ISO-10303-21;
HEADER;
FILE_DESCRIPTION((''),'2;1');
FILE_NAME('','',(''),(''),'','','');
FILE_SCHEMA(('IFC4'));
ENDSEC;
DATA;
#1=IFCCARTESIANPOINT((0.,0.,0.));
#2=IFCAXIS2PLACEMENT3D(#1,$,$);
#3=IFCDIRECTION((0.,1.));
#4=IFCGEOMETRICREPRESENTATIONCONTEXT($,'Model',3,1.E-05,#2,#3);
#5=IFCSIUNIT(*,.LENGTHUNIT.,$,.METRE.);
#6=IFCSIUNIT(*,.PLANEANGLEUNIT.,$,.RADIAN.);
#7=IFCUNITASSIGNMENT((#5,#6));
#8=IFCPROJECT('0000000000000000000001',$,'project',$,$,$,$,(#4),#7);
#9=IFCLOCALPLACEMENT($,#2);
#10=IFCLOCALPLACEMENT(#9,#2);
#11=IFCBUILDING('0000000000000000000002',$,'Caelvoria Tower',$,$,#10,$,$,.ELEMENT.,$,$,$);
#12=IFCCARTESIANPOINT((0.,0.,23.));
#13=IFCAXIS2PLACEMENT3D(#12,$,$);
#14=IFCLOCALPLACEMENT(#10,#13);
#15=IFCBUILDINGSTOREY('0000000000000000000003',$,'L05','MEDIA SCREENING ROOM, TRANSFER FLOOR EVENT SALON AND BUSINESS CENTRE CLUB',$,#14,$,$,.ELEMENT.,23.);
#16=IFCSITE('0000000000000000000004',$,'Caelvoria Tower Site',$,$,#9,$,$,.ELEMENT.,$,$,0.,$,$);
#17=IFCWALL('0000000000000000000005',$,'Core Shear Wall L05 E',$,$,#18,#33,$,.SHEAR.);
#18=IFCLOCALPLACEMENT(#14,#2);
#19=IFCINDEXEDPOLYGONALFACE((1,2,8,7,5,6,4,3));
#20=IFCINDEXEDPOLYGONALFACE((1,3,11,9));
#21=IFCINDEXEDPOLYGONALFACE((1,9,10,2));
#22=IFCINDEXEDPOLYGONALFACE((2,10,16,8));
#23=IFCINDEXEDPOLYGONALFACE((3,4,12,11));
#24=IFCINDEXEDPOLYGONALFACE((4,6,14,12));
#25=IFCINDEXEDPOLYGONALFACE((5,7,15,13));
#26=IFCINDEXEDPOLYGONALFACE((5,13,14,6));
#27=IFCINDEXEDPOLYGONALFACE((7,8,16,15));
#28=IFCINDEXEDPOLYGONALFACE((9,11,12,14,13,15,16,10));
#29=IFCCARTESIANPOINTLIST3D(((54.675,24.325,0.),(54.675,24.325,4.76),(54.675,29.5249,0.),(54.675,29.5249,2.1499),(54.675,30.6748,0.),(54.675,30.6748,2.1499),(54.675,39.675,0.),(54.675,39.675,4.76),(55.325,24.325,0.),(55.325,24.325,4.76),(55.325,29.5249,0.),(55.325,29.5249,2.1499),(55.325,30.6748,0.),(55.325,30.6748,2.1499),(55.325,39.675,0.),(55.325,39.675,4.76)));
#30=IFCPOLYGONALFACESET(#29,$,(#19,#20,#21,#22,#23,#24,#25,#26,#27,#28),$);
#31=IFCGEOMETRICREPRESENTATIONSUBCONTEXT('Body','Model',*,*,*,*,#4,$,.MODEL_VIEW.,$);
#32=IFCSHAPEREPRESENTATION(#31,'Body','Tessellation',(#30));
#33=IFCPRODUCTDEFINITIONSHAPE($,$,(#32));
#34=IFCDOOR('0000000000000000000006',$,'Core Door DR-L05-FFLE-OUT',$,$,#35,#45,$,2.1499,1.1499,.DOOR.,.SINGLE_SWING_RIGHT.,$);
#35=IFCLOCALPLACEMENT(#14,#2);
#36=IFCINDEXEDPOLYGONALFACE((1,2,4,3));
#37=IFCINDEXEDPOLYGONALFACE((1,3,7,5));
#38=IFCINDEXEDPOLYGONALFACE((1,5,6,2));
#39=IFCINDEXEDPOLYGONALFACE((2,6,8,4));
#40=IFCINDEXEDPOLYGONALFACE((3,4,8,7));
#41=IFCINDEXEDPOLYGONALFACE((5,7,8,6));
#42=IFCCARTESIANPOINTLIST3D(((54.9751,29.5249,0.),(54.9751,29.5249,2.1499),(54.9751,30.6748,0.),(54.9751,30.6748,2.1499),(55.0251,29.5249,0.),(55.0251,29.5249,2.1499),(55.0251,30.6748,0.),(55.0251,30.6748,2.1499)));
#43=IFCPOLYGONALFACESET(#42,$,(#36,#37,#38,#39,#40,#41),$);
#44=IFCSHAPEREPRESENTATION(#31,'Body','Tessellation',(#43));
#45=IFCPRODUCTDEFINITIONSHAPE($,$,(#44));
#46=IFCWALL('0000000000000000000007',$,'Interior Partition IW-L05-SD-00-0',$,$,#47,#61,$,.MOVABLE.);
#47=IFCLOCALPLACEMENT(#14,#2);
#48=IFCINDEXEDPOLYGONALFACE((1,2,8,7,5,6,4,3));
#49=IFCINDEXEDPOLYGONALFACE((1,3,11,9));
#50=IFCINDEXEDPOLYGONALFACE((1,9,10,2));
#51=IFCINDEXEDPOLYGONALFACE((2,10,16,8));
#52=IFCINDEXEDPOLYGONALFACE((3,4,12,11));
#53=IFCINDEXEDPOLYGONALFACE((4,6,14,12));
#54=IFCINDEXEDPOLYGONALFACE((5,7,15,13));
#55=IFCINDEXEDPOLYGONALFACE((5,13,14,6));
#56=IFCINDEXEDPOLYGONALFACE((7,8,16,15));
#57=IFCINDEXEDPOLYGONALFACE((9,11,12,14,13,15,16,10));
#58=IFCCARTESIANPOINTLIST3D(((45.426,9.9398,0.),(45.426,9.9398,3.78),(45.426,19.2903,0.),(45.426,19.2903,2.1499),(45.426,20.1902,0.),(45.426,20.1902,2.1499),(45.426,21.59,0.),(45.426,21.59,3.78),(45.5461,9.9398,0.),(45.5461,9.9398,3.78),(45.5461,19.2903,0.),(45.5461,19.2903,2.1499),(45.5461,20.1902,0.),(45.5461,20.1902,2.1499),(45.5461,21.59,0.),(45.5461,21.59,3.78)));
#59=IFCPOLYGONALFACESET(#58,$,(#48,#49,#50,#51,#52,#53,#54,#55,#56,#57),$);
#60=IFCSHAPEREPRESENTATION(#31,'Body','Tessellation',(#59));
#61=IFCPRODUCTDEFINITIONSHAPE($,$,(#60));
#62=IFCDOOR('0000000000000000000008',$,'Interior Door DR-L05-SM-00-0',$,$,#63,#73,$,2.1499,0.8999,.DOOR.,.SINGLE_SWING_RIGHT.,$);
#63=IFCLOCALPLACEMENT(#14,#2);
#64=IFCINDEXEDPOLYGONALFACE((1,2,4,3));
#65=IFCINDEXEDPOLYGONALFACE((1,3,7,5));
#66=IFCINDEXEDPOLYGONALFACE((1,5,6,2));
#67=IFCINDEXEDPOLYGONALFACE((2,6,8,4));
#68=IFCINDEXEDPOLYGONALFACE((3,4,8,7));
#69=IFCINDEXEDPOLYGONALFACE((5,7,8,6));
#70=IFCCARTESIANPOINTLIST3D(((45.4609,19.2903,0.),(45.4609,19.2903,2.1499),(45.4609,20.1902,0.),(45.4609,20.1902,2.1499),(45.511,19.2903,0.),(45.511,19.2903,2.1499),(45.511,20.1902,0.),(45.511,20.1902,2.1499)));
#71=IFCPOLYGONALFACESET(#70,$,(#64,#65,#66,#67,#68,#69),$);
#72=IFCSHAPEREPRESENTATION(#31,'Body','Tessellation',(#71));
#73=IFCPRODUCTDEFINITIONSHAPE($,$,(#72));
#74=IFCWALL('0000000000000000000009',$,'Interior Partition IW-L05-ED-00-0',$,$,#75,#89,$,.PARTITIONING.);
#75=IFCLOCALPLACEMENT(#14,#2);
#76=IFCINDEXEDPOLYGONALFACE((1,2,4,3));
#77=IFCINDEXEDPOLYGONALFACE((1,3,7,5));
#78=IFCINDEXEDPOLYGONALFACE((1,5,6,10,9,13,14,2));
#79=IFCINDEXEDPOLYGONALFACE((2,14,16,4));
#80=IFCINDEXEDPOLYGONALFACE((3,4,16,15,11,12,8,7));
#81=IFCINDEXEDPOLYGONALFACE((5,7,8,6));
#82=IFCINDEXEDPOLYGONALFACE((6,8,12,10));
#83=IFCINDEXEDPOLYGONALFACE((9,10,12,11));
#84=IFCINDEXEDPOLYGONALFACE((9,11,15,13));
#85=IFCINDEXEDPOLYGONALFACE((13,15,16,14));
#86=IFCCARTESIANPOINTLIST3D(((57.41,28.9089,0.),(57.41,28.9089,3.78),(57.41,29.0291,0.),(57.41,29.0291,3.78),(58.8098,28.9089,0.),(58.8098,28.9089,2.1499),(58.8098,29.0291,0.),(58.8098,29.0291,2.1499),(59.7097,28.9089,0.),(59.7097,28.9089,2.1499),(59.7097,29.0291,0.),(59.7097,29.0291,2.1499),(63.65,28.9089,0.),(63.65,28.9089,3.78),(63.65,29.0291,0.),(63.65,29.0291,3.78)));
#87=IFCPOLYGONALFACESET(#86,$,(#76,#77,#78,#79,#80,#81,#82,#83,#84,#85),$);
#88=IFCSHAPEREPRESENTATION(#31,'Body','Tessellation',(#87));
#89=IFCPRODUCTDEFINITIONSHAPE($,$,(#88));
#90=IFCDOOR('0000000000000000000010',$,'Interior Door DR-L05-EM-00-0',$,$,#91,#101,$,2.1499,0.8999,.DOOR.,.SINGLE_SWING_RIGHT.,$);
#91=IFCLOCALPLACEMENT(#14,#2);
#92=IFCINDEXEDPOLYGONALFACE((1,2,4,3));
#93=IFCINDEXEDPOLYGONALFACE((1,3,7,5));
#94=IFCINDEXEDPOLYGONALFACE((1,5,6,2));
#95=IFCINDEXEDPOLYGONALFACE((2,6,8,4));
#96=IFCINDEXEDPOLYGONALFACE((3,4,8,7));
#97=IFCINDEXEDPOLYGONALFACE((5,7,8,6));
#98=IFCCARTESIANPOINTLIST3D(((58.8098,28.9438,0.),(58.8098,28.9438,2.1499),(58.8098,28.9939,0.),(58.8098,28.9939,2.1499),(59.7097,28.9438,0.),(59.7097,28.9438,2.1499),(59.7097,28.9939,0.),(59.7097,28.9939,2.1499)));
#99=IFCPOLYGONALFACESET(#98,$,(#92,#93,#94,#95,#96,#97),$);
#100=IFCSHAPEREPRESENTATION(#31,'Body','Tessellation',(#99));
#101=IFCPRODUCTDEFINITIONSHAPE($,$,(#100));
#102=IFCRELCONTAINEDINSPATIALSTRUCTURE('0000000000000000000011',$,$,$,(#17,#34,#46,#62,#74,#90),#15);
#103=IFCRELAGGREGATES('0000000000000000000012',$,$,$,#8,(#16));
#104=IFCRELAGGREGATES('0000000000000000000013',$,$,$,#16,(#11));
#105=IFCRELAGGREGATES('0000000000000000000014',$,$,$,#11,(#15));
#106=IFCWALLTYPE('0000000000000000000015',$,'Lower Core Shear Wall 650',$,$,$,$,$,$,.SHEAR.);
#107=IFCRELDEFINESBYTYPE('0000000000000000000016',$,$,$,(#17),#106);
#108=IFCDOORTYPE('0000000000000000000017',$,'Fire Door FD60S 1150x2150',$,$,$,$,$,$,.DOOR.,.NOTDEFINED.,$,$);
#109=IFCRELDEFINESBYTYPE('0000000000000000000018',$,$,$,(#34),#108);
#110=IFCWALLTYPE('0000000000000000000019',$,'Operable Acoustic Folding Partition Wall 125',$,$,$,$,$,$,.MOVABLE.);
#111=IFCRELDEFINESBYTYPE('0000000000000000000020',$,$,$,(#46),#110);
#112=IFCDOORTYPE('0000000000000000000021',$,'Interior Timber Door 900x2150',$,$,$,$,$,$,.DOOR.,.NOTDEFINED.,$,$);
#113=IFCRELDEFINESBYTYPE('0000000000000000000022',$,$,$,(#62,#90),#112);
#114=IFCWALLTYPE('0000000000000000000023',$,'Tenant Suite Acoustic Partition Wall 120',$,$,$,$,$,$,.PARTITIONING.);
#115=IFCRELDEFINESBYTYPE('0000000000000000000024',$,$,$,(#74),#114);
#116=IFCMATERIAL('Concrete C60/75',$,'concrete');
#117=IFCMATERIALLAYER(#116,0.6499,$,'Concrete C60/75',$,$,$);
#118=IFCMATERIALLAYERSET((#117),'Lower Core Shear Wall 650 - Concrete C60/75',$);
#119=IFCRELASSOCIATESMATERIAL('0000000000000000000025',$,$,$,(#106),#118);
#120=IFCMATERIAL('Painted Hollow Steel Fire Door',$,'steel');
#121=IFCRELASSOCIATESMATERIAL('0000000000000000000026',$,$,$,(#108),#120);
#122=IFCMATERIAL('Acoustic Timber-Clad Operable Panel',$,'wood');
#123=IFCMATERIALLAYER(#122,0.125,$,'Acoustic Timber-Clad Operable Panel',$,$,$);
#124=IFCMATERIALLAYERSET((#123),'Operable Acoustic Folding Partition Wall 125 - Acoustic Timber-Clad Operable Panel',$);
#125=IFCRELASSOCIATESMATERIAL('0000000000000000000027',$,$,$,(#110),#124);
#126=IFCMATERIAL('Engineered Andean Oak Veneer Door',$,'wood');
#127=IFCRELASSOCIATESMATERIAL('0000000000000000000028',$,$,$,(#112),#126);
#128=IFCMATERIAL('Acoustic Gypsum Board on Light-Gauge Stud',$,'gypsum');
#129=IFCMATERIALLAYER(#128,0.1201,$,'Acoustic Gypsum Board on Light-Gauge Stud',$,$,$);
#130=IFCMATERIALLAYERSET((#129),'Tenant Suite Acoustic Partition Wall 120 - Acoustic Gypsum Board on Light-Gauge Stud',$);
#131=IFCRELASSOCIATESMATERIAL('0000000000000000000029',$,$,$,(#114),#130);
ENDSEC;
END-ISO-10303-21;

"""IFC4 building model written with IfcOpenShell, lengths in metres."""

from ifc_helpers import new_model, si_unit, direction, frame, frame_2d, origin, place, context, subcontext, project, spatial, rectangle, extrude, material, layer, layer_set, type_object, element, fill, save


model = new_model("IFC4")

# Units and contexts
model_context = context("Model", 3, precision=1e-05, world=origin(), true_north=direction((0.0, 1.0)))
body_context = subcontext(model_context, "Body", "Model", "MODEL_VIEW")
ifc_project = project(units=[si_unit("LENGTHUNIT", "METRE"), si_unit("PLANEANGLEUNIT", "RADIAN")], contexts=[model_context])

# Site, building, storey
site_placement = place(None, origin())
site = spatial("IfcSite", under=ifc_project, at=site_placement, Name="Caelvoria Tower Site", CompositionType="ELEMENT", RefElevation=0.0)
building_placement = place(site_placement, origin())
building = spatial("IfcBuilding", under=site, at=building_placement, Name="Caelvoria Tower", CompositionType="ELEMENT")
storey_placement = place(building_placement, frame((0.0, 0.0, 23.0)))
storey = spatial("IfcBuildingStorey", under=building, at=storey_placement, Name="L05", Description="MEDIA SCREENING ROOM, TRANSFER FLOOR EVENT SALON AND BUSINESS CENTRE CLUB", CompositionType="ELEMENT", Elevation=23.0)

# Shared definitions
ifc_material_1 = material(Name="Engineered Andean Oak Veneer Door", Category="wood")

# Walls, openings, doors
ifc_material_2 = material(Name="Concrete C60/75", Category="concrete")
ifc_layer_1 = layer(ifc_material_2, 0.6499, Name="Concrete C60/75")
ifc_layer_set_1 = layer_set([ifc_layer_1], Name="Lower Core Shear Wall 650 - Concrete C60/75")
wall_type_1 = type_object("IfcWallType", Name="Lower Core Shear Wall 650", PredefinedType="SHEAR", material=ifc_layer_set_1)
wall_1_placement = place(storey_placement, frame((55.0, 24.325, 0.0), z_axis=(0.0, 0.0, 1.0), x_axis=(0.0, 1.0, 0.0)))
wall_1 = element("IfcWall", 1, at=wall_1_placement, inside=storey, type_object=wall_type_1, Name="Core Shear Wall L05 E", PredefinedType="SHEAR", context=body_context, shape_type="SweptSolid", body=[
    extrude(rectangle(XDim=15.3501, YDim=0.6499, at=frame_2d((7.675, 0.0))), origin(), (0.0, 0.0, 1.0), 4.76),
])
opening_1_placement = place(wall_1_placement, frame((5.2, 0.0, 0.0)))
opening_1 = element("IfcOpeningElement", 2, at=opening_1_placement, cuts=wall_1, PredefinedType="OPENING", context=body_context, shape_type="SweptSolid", body=[
    extrude(rectangle(XDim=1.1499, YDim=2.1499, at=frame_2d((0.575, 1.075))), frame((0.0, 0.335, 0.0), z_axis=(0.0, -1.0, 0.0), x_axis=(1.0, 0.0, 0.0)), (0.0, 0.0, 1.0), 0.6699),
])
ifc_material_3 = material(Name="Painted Hollow Steel Fire Door", Category="steel")
door_type_1 = type_object("IfcDoorType", Name="Fire Door FD60S 1150x2150", OperationType="NOTDEFINED", PredefinedType="DOOR", material=ifc_material_3)
door_1_placement = place(opening_1_placement, origin())
door_1 = element("IfcDoor", 3, at=door_1_placement, inside=storey, type_object=door_type_1, Name="Core Door DR-L05-FFLE-OUT", OperationType="SINGLE_SWING_RIGHT", OverallHeight=2.1499, OverallWidth=1.1499, PredefinedType="DOOR", context=body_context, shape_type="SweptSolid", body=[
    extrude(rectangle(XDim=1.1499, YDim=2.1499, at=frame_2d((0.575, 1.075))), frame((0.0, 0.0249, 0.0), z_axis=(0.0, -1.0, 0.0), x_axis=(1.0, 0.0, 0.0)), (0.0, 0.0, 1.0), 0.05),
])
fill(opening_1, door_1)
ifc_material_4 = material(Name="Acoustic Timber-Clad Operable Panel", Category="wood")
ifc_layer_2 = layer(ifc_material_4, 0.125, Name="Acoustic Timber-Clad Operable Panel")
ifc_layer_set_2 = layer_set([ifc_layer_2], Name="Operable Acoustic Folding Partition Wall 125 - Acoustic Timber-Clad Operable Panel")
wall_type_2 = type_object("IfcWallType", Name="Operable Acoustic Folding Partition Wall 125", PredefinedType="MOVABLE", material=ifc_layer_set_2)
wall_2_placement = place(storey_placement, frame((45.4861, 21.5901, 0.0), z_axis=(0.0, 0.0, 1.0), x_axis=(0.0, -1.0, 0.0)))
wall_2 = element("IfcWall", 4, at=wall_2_placement, inside=storey, type_object=wall_type_2, Name="Interior Partition IW-L05-SD-00-0", PredefinedType="MOVABLE", context=body_context, shape_type="SweptSolid", body=[
    extrude(rectangle(XDim=11.6501, YDim=0.1201, at=frame_2d((5.8252, 0.0))), origin(), (0.0, 0.0, 1.0), 3.78),
])
opening_2_placement = place(wall_2_placement, frame((1.3999, 0.0, 0.0)))
opening_2 = element("IfcOpeningElement", 5, at=opening_2_placement, cuts=wall_2, PredefinedType="OPENING", context=body_context, shape_type="SweptSolid", body=[
    extrude(rectangle(XDim=0.8999, YDim=2.1499, at=frame_2d((0.45, 1.075))), frame((0.0, 0.0701, 0.0), z_axis=(0.0, -1.0, 0.0), x_axis=(1.0, 0.0, 0.0)), (0.0, 0.0, 1.0), 0.1401),
])
door_type_2 = type_object("IfcDoorType", Name="Interior Timber Door 900x2150", OperationType="NOTDEFINED", PredefinedType="DOOR", material=ifc_material_1)
door_2_placement = place(opening_2_placement, origin())
door_2 = element("IfcDoor", 6, at=door_2_placement, inside=storey, type_object=door_type_2, Name="Interior Door DR-L05-SM-00-0", OperationType="SINGLE_SWING_RIGHT", OverallHeight=2.1499, OverallWidth=0.8999, PredefinedType="DOOR", context=body_context, shape_type="SweptSolid", body=[
    extrude(rectangle(XDim=0.8999, YDim=2.1499, at=frame_2d((0.45, 1.075))), frame((0.0, 0.0249, 0.0), z_axis=(0.0, -1.0, 0.0), x_axis=(1.0, 0.0, 0.0)), (0.0, 0.0, 1.0), 0.05),
])
fill(opening_2, door_2)
ifc_material_5 = material(Name="Acoustic Gypsum Board on Light-Gauge Stud", Category="gypsum")
ifc_layer_3 = layer(ifc_material_5, 0.1201, Name="Acoustic Gypsum Board on Light-Gauge Stud")
ifc_layer_set_3 = layer_set([ifc_layer_3], Name="Tenant Suite Acoustic Partition Wall 120 - Acoustic Gypsum Board on Light-Gauge Stud")
wall_type_3 = type_object("IfcWallType", Name="Tenant Suite Acoustic Partition Wall 120", PredefinedType="PARTITIONING", material=ifc_layer_set_3)
wall_3_placement = place(storey_placement, frame((57.4099, 28.969, 0.0), z_axis=(0.0, 0.0, 1.0), x_axis=(1.0, 0.0, 0.0)))
wall_3 = element("IfcWall", 7, at=wall_3_placement, inside=storey, type_object=wall_type_3, Name="Interior Partition IW-L05-ED-00-0", PredefinedType="PARTITIONING", context=body_context, shape_type="SweptSolid", body=[
    extrude(rectangle(XDim=6.24, YDim=0.1201, at=frame_2d((3.1201, 0.0))), origin(), (0.0, 0.0, 1.0), 3.78),
])
opening_3_placement = place(wall_3_placement, frame((1.3999, 0.0, 0.0)))
opening_3 = element("IfcOpeningElement", 8, at=opening_3_placement, cuts=wall_3, PredefinedType="OPENING", context=body_context, shape_type="SweptSolid", body=[
    extrude(rectangle(XDim=0.8999, YDim=2.1499, at=frame_2d((0.45, 1.075))), frame((0.0, 0.0701, 0.0), z_axis=(0.0, -1.0, 0.0), x_axis=(1.0, 0.0, 0.0)), (0.0, 0.0, 1.0), 0.1401),
])
door_3_placement = place(opening_3_placement, origin())
door_3 = element("IfcDoor", 9, at=door_3_placement, inside=storey, type_object=door_type_2, Name="Interior Door DR-L05-EM-00-0", OperationType="SINGLE_SWING_RIGHT", OverallHeight=2.1499, OverallWidth=0.8999, PredefinedType="DOOR", context=body_context, shape_type="SweptSolid", body=[
    extrude(rectangle(XDim=0.8999, YDim=2.1499, at=frame_2d((0.45, 1.075))), frame((0.0, 0.0249, 0.0), z_axis=(0.0, -1.0, 0.0), x_axis=(1.0, 0.0, 0.0)), (0.0, 0.0, 1.0), 0.05),
])
fill(opening_3, door_3)

save(model, "model.ifc")
